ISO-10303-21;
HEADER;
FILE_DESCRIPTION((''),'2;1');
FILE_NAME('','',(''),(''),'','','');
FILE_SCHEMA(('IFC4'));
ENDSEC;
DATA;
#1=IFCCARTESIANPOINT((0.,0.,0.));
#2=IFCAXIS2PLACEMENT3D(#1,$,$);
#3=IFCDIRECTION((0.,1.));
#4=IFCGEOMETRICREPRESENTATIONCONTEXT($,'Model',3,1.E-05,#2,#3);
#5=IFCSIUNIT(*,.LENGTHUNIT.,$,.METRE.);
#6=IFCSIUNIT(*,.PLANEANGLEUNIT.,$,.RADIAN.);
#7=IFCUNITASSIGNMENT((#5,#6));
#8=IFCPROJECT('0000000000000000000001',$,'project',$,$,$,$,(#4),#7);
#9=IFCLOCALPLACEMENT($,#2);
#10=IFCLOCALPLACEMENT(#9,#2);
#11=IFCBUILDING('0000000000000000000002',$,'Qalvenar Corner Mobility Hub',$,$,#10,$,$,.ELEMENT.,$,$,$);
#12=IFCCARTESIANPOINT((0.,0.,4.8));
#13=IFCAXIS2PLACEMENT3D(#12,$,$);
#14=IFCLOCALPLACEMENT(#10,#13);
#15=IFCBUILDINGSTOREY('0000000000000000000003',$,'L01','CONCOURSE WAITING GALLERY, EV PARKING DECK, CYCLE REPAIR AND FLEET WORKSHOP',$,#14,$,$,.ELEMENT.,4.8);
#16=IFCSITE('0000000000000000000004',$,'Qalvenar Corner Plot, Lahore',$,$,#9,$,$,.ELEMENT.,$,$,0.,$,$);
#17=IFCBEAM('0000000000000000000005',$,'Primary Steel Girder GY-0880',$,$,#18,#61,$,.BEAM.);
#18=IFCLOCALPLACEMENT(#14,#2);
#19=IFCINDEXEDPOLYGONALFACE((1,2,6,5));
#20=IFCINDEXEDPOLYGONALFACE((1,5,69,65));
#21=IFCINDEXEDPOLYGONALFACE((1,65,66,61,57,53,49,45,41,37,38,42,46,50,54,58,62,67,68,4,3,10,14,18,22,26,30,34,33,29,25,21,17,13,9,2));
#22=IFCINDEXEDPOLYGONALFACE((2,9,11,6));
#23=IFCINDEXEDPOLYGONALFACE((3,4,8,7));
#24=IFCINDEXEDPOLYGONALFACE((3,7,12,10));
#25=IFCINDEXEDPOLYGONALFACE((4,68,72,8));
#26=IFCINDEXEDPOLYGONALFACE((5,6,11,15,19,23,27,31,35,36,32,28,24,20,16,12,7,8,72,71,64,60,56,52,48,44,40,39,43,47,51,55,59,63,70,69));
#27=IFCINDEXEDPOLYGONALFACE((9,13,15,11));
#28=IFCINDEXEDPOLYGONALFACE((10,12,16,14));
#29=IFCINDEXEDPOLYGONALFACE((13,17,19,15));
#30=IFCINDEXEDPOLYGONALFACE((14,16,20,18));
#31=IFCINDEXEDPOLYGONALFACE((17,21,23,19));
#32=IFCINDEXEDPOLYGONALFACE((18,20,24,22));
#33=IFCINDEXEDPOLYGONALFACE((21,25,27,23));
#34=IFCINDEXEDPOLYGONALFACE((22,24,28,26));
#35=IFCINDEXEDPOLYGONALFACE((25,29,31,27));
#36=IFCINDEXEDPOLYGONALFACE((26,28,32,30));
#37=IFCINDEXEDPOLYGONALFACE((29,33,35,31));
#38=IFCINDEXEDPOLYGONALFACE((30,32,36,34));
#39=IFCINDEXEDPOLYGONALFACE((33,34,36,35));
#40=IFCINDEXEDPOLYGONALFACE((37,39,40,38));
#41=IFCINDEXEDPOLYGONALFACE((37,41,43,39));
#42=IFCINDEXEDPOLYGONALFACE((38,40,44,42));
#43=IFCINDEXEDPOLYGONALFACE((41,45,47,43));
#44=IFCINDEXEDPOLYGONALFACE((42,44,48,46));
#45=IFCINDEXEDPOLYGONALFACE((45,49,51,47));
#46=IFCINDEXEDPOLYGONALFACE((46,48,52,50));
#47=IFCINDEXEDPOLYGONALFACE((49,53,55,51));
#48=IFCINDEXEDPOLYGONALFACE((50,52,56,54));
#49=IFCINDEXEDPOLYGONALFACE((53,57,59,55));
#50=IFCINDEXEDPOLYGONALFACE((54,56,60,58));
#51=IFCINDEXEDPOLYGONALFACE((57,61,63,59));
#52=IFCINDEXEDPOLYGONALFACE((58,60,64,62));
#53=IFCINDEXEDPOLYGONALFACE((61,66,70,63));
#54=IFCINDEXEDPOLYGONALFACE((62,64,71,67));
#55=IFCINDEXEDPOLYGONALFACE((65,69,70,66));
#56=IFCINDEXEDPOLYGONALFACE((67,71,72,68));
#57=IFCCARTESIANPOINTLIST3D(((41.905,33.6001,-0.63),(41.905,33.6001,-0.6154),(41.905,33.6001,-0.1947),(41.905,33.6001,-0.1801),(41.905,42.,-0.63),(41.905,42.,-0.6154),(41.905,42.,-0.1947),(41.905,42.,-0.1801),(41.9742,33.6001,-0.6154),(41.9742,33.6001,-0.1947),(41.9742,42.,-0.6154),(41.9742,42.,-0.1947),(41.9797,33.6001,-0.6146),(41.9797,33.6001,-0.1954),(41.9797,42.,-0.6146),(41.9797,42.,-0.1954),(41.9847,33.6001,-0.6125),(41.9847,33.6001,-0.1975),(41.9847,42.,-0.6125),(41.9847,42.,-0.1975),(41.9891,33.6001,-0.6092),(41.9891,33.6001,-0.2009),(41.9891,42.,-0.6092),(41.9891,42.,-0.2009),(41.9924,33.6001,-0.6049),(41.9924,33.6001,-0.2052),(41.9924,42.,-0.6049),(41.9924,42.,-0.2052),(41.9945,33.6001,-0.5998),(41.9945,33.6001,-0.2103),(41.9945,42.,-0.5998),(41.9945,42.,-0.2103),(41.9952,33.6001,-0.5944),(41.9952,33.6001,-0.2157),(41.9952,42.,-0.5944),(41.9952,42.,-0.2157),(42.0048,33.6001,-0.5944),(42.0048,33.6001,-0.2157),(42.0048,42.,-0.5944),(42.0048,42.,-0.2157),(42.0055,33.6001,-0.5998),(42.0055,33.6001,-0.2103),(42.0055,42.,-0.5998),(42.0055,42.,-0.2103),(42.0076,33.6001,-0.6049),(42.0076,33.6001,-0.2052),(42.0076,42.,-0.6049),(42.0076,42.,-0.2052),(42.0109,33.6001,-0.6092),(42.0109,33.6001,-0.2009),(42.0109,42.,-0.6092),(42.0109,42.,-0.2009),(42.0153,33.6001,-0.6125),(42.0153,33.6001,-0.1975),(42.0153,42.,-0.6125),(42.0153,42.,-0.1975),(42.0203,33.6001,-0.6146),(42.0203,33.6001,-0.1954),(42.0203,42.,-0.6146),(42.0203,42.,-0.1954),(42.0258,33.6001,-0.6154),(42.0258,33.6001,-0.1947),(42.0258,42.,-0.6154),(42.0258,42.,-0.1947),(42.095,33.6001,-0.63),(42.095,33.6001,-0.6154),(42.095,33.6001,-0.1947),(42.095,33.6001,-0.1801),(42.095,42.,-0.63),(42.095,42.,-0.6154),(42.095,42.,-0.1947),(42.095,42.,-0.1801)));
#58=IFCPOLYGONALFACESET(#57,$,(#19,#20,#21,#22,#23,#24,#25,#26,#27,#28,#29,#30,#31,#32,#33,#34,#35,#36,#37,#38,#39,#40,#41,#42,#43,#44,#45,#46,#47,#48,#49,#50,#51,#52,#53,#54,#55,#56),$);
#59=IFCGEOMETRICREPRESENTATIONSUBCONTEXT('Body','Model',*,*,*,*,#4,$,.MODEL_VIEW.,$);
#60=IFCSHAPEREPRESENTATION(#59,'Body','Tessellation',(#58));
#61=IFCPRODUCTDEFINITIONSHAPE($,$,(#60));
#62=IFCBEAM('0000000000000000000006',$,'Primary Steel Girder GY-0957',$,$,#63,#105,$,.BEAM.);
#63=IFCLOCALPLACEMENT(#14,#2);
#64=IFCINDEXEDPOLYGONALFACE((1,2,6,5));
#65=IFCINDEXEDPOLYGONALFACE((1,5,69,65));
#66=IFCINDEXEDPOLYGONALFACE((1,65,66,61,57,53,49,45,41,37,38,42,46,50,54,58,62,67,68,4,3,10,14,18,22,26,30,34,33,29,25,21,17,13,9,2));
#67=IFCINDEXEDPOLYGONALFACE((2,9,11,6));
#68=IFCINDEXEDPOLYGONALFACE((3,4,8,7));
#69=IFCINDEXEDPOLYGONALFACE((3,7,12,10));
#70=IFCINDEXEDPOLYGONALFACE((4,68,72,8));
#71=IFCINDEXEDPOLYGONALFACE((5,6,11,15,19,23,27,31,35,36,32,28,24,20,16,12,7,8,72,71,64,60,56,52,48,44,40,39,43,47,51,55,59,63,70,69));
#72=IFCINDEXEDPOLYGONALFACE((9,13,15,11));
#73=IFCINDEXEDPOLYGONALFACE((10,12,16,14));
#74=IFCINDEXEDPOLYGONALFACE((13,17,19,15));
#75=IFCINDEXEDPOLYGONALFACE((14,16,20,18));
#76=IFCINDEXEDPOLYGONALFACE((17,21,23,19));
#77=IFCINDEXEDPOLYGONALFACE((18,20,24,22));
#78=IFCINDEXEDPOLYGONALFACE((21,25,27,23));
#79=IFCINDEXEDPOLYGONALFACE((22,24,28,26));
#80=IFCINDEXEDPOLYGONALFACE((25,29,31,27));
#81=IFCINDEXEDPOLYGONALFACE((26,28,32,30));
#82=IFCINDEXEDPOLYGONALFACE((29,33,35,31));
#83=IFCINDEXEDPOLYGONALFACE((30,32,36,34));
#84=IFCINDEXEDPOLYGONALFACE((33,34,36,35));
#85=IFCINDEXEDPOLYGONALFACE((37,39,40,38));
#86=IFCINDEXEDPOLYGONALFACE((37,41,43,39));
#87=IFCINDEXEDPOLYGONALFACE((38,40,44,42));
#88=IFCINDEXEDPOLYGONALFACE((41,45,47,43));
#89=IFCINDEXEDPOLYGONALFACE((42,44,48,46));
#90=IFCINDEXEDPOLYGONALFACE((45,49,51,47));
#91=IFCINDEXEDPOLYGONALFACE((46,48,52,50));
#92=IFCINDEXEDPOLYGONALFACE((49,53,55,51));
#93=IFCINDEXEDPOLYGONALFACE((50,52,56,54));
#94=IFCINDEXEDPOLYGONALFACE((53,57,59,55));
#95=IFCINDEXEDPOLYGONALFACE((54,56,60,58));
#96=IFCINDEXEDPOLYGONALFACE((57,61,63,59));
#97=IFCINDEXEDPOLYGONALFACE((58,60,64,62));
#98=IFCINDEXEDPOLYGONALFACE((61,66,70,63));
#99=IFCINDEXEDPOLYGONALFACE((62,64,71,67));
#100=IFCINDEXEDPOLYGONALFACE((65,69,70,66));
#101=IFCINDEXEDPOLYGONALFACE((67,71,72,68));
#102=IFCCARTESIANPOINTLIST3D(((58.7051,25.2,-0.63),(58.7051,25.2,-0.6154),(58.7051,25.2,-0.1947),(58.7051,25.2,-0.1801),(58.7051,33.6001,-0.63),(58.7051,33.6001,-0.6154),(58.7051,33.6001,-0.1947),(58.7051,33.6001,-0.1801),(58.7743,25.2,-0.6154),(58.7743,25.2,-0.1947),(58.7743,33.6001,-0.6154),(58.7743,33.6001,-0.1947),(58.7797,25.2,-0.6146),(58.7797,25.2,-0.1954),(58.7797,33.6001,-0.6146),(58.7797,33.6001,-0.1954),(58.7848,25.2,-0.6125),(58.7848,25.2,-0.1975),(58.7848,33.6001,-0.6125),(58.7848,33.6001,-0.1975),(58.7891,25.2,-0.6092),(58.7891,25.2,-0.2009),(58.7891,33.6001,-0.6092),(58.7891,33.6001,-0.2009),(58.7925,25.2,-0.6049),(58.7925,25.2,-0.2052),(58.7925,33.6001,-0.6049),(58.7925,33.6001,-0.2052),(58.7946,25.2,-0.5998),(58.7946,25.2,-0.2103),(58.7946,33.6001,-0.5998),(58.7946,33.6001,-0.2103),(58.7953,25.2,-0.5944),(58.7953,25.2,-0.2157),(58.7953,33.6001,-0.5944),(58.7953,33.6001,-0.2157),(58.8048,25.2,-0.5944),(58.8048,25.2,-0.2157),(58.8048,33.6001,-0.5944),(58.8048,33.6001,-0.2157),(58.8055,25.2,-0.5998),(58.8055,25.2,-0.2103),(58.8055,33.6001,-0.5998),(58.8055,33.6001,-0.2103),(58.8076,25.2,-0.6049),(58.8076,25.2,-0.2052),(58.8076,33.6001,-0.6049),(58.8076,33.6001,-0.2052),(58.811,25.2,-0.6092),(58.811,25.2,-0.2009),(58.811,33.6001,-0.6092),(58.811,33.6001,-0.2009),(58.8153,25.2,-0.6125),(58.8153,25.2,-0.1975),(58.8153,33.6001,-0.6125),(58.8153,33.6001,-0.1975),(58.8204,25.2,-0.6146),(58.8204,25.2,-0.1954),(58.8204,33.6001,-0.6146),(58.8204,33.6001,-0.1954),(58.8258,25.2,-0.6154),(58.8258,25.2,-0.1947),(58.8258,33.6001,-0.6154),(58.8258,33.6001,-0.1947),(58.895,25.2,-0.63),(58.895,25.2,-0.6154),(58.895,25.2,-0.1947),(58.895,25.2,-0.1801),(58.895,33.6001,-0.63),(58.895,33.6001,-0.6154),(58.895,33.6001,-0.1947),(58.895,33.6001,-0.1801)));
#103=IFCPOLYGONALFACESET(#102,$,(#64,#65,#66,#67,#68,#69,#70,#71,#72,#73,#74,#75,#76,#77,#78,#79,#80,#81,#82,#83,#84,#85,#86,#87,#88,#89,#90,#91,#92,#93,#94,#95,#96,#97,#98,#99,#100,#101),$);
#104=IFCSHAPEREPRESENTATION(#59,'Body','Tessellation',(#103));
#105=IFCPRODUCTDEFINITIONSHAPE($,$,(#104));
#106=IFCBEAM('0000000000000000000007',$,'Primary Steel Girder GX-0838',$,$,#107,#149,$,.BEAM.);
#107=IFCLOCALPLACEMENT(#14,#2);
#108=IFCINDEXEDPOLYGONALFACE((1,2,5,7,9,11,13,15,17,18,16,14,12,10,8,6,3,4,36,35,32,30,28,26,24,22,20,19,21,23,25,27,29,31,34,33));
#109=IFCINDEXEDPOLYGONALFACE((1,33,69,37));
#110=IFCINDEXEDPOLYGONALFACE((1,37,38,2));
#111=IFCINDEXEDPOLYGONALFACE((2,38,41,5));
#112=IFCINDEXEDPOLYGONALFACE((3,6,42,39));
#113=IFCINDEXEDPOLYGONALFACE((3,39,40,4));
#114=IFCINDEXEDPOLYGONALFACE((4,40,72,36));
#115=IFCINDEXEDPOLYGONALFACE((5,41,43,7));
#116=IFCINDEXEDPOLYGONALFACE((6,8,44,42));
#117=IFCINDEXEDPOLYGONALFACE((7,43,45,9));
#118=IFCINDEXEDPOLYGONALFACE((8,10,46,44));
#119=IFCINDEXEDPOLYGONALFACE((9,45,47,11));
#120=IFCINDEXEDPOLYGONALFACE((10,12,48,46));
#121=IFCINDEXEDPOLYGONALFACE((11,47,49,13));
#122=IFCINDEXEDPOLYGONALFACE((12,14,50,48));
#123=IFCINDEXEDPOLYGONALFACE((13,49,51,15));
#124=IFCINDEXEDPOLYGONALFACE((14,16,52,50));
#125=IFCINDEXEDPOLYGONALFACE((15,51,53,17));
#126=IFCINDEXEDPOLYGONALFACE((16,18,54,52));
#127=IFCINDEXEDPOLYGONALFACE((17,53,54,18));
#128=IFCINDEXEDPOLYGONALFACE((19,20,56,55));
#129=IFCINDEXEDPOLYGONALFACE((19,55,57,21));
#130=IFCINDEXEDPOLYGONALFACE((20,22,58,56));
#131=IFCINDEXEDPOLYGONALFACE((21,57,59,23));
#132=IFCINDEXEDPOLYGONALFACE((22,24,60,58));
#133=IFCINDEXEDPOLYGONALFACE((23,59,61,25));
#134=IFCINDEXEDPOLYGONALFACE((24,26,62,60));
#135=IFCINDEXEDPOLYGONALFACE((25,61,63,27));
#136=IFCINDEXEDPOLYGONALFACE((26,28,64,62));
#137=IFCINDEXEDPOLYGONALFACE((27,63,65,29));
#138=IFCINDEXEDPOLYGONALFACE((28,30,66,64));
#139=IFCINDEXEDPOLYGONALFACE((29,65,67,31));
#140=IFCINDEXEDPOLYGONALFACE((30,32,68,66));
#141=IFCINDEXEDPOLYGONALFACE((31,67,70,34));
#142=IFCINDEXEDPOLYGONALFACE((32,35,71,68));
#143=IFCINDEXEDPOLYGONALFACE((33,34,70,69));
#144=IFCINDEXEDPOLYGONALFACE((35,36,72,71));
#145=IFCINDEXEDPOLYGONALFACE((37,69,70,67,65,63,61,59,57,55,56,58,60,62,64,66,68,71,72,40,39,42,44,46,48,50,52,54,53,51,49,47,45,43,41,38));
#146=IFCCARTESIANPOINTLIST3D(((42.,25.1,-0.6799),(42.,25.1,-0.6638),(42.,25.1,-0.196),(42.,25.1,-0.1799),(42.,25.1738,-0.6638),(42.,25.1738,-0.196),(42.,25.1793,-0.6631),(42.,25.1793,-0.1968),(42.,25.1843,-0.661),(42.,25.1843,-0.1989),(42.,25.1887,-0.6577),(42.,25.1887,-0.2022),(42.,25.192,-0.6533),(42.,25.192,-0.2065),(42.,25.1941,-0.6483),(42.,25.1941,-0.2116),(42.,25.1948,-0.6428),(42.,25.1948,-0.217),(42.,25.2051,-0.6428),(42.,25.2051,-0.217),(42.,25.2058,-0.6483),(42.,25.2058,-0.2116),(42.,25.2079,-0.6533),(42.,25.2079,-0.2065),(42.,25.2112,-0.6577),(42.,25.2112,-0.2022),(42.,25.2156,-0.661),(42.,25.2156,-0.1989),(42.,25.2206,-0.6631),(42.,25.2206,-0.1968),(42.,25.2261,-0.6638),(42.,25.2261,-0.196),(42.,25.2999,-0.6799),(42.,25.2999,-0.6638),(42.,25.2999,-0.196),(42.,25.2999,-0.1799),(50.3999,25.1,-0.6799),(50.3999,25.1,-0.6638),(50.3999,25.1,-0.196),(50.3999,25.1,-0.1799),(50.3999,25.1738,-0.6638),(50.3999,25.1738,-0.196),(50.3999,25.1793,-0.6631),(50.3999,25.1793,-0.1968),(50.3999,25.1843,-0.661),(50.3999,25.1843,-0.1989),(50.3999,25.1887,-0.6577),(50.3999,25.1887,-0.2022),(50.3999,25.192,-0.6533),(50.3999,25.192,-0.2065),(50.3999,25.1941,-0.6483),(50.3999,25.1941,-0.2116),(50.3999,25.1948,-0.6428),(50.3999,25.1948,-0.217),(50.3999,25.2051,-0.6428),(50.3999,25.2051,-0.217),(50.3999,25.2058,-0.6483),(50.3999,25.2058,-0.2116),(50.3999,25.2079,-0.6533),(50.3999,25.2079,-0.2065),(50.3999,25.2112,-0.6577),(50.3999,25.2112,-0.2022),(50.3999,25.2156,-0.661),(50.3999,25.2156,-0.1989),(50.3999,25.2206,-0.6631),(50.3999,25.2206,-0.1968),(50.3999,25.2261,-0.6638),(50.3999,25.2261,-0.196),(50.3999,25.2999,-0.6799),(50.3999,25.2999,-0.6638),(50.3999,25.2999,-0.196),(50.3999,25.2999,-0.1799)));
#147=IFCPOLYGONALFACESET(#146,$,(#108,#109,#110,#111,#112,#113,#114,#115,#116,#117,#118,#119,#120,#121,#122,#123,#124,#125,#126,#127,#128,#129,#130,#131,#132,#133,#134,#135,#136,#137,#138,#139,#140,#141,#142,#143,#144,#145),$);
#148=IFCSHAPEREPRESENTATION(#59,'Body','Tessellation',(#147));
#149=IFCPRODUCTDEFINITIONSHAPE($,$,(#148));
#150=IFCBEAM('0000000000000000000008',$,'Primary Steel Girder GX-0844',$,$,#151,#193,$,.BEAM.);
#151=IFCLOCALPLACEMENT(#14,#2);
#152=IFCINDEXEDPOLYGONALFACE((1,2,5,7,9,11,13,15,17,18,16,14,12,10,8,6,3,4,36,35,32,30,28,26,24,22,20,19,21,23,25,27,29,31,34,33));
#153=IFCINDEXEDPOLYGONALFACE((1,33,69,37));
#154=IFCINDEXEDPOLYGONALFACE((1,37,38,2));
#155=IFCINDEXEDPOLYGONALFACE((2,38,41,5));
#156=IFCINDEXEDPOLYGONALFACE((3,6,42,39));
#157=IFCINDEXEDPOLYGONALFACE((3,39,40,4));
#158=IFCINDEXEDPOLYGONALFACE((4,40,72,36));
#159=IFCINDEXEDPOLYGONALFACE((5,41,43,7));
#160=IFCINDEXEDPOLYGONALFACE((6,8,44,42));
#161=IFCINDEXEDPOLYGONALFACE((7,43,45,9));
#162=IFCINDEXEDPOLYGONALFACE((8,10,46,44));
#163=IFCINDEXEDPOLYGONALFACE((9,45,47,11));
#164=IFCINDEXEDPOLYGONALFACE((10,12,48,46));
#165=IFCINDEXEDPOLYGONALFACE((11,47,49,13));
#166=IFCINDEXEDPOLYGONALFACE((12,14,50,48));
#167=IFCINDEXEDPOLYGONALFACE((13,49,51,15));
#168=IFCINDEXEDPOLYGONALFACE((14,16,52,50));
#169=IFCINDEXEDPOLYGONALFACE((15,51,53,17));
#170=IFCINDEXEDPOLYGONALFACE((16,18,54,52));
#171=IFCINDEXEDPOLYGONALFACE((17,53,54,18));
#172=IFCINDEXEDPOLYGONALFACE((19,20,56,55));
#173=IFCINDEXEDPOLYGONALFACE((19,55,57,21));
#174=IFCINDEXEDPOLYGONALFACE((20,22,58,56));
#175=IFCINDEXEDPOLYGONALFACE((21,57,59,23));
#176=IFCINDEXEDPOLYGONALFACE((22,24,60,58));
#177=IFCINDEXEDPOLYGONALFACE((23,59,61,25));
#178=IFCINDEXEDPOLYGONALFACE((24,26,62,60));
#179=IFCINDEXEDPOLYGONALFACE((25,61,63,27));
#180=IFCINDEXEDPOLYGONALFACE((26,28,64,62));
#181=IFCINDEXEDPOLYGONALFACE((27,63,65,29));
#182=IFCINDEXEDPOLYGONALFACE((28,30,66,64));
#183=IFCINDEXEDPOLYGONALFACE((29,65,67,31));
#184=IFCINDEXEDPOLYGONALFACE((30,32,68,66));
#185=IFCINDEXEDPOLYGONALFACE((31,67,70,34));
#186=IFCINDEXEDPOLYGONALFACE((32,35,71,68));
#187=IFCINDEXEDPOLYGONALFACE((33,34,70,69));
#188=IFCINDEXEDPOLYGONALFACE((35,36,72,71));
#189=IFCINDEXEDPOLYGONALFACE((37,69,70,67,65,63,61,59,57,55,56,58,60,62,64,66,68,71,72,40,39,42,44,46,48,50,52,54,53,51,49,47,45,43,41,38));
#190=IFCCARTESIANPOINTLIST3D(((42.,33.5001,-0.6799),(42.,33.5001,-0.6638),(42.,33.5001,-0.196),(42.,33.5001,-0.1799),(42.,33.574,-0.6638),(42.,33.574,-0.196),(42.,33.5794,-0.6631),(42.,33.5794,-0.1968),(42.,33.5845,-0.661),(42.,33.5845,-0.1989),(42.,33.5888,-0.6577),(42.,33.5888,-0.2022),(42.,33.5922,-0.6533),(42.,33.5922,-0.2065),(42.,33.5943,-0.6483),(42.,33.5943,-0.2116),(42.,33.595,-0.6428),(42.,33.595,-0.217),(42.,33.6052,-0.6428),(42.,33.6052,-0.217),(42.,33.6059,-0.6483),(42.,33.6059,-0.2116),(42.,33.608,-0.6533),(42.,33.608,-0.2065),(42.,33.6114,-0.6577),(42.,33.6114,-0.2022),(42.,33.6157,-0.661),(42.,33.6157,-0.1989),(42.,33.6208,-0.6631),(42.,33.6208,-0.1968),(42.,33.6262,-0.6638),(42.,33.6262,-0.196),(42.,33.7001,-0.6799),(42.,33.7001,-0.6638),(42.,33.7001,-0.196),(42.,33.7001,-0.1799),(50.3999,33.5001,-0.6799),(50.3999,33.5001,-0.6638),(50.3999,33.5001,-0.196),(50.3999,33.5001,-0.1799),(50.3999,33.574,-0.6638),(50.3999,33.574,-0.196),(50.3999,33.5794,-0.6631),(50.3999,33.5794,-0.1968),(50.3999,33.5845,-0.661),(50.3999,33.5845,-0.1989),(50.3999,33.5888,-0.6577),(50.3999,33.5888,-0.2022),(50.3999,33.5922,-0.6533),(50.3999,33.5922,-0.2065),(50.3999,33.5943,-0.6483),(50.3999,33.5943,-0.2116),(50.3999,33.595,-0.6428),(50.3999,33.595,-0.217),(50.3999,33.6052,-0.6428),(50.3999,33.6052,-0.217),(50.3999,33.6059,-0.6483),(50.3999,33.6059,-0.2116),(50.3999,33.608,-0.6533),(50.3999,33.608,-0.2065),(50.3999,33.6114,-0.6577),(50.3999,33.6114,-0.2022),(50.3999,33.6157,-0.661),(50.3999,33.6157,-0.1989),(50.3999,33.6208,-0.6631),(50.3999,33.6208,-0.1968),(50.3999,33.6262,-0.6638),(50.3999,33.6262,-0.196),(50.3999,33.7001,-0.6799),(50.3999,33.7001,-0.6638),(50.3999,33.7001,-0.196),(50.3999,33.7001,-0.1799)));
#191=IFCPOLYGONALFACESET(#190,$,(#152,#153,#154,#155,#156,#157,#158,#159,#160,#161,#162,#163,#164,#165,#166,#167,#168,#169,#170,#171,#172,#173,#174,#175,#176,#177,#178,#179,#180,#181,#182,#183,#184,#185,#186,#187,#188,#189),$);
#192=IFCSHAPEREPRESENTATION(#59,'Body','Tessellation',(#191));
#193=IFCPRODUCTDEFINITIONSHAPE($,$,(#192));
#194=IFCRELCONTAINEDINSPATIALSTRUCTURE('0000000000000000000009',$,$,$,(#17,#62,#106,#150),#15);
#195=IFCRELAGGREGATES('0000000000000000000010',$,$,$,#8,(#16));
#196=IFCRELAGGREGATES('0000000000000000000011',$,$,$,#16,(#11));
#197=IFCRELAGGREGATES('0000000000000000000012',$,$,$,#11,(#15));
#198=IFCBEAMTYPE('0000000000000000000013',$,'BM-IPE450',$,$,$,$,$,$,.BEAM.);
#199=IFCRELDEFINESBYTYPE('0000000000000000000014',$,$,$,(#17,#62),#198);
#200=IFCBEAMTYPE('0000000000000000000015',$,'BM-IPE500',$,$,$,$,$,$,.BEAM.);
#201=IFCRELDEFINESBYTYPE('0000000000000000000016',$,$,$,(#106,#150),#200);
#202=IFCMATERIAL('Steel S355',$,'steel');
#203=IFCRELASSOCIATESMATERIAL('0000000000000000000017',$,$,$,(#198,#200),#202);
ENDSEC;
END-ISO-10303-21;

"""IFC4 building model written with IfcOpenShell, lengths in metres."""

from ifc_helpers import new_model, si_unit, direction, frame, origin, origin_2d, place, context, subcontext, project, spatial, i_section, extrude, material, material_profile, profile_set, type_object, element, save


model = new_model("IFC4")

# Units and contexts
model_context = context("Model", 3, precision=1e-05, world=origin(), true_north=direction((0.0, 1.0)))
body_context = subcontext(model_context, "Body", "Model", "MODEL_VIEW")
ifc_project = project(units=[si_unit("LENGTHUNIT", "METRE"), si_unit("PLANEANGLEUNIT", "RADIAN")], contexts=[model_context])

# Site, building, storey
site_placement = place(None, origin())
site = spatial("IfcSite", under=ifc_project, at=site_placement, Name="Qalvenar Corner Plot, Lahore", CompositionType="ELEMENT", RefElevation=0.0)
building_placement = place(site_placement, origin())
building = spatial("IfcBuilding", under=site, at=building_placement, Name="Qalvenar Corner Mobility Hub", CompositionType="ELEMENT")
storey_placement = place(building_placement, frame((0.0, 0.0, 4.8)))
storey = spatial("IfcBuildingStorey", under=building, at=storey_placement, Name="L01", Description="CONCOURSE WAITING GALLERY, EV PARKING DECK, CYCLE REPAIR AND FLEET WORKSHOP", CompositionType="ELEMENT", Elevation=4.8)

# Shared definitions
ifc_material_1 = material(Name="Steel S355", Category="steel")

# Beams
ifc_material_profile_1 = material_profile(ifc_material_1, i_section(OverallWidth=0.1899, OverallDepth=0.45, WebThickness=0.0095, FlangeThickness=0.0146, FilletRadius=0.021, at=origin_2d()), Name="IPE450")
ifc_profile_set_1 = profile_set([ifc_material_profile_1], Name="Steel S355")
beam_type_1 = type_object("IfcBeamType", Name="BM-IPE450", PredefinedType="BEAM", material=ifc_profile_set_1)
beam_1_placement = place(storey_placement, frame((42.0, 33.6001, -0.405), z_axis=(0.0, 1.0, 0.0), x_axis=(-1.0, 0.0, 0.0)))
element("IfcBeam", 1, at=beam_1_placement, inside=storey, type_object=beam_type_1, Name="Primary Steel Girder GY-0880", PredefinedType="BEAM", context=body_context, shape_type="SweptSolid", body=[
    extrude(i_section(OverallWidth=0.1899, OverallDepth=0.45, WebThickness=0.0095, FlangeThickness=0.0146, FilletRadius=0.021, at=origin_2d()), origin(), (0.0, 0.0, 1.0), 8.3999),
])
beam_2_placement = place(storey_placement, frame((58.8, 25.2, -0.405), z_axis=(0.0, 1.0, 0.0), x_axis=(-1.0, 0.0, 0.0)))
element("IfcBeam", 2, at=beam_2_placement, inside=storey, type_object=beam_type_1, Name="Primary Steel Girder GY-0957", PredefinedType="BEAM", context=body_context, shape_type="SweptSolid", body=[
    extrude(i_section(OverallWidth=0.1899, OverallDepth=0.45, WebThickness=0.0095, FlangeThickness=0.0146, FilletRadius=0.021, at=origin_2d()), origin(), (0.0, 0.0, 1.0), 8.4001),
])
ifc_material_profile_2 = material_profile(ifc_material_1, i_section(OverallWidth=0.2, OverallDepth=0.5, WebThickness=0.0103, FlangeThickness=0.0161, FilletRadius=0.021, at=origin_2d()), Name="IPE500")
ifc_profile_set_2 = profile_set([ifc_material_profile_2], Name="Steel S355")
beam_type_2 = type_object("IfcBeamType", Name="BM-IPE500", PredefinedType="BEAM", material=ifc_profile_set_2)
for number, where, z_axis, x_axis, name in (
    (3, (42.0, 25.2, -0.4299), (1.0, 0.0, 0.0), (0.0, 1.0, 0.0), "Primary Steel Girder GX-0838"),
    (4, (42.0, 33.6001, -0.4299), (1.0, 0.0, 0.0), (0.0, 1.0, 0.0), "Primary Steel Girder GX-0844"),
):
    element("IfcBeam", number, at=place(storey_placement, frame(where, z_axis=z_axis, x_axis=x_axis)), inside=storey, type_object=beam_type_2, Name=name, PredefinedType="BEAM", context=body_context, shape_type="SweptSolid", body=[
        extrude(i_section(OverallWidth=0.2, OverallDepth=0.5, WebThickness=0.0103, FlangeThickness=0.0161, FilletRadius=0.021, at=origin_2d()), origin(), (0.0, 0.0, 1.0), 8.3999),
    ])

save(model, "model.ifc")
